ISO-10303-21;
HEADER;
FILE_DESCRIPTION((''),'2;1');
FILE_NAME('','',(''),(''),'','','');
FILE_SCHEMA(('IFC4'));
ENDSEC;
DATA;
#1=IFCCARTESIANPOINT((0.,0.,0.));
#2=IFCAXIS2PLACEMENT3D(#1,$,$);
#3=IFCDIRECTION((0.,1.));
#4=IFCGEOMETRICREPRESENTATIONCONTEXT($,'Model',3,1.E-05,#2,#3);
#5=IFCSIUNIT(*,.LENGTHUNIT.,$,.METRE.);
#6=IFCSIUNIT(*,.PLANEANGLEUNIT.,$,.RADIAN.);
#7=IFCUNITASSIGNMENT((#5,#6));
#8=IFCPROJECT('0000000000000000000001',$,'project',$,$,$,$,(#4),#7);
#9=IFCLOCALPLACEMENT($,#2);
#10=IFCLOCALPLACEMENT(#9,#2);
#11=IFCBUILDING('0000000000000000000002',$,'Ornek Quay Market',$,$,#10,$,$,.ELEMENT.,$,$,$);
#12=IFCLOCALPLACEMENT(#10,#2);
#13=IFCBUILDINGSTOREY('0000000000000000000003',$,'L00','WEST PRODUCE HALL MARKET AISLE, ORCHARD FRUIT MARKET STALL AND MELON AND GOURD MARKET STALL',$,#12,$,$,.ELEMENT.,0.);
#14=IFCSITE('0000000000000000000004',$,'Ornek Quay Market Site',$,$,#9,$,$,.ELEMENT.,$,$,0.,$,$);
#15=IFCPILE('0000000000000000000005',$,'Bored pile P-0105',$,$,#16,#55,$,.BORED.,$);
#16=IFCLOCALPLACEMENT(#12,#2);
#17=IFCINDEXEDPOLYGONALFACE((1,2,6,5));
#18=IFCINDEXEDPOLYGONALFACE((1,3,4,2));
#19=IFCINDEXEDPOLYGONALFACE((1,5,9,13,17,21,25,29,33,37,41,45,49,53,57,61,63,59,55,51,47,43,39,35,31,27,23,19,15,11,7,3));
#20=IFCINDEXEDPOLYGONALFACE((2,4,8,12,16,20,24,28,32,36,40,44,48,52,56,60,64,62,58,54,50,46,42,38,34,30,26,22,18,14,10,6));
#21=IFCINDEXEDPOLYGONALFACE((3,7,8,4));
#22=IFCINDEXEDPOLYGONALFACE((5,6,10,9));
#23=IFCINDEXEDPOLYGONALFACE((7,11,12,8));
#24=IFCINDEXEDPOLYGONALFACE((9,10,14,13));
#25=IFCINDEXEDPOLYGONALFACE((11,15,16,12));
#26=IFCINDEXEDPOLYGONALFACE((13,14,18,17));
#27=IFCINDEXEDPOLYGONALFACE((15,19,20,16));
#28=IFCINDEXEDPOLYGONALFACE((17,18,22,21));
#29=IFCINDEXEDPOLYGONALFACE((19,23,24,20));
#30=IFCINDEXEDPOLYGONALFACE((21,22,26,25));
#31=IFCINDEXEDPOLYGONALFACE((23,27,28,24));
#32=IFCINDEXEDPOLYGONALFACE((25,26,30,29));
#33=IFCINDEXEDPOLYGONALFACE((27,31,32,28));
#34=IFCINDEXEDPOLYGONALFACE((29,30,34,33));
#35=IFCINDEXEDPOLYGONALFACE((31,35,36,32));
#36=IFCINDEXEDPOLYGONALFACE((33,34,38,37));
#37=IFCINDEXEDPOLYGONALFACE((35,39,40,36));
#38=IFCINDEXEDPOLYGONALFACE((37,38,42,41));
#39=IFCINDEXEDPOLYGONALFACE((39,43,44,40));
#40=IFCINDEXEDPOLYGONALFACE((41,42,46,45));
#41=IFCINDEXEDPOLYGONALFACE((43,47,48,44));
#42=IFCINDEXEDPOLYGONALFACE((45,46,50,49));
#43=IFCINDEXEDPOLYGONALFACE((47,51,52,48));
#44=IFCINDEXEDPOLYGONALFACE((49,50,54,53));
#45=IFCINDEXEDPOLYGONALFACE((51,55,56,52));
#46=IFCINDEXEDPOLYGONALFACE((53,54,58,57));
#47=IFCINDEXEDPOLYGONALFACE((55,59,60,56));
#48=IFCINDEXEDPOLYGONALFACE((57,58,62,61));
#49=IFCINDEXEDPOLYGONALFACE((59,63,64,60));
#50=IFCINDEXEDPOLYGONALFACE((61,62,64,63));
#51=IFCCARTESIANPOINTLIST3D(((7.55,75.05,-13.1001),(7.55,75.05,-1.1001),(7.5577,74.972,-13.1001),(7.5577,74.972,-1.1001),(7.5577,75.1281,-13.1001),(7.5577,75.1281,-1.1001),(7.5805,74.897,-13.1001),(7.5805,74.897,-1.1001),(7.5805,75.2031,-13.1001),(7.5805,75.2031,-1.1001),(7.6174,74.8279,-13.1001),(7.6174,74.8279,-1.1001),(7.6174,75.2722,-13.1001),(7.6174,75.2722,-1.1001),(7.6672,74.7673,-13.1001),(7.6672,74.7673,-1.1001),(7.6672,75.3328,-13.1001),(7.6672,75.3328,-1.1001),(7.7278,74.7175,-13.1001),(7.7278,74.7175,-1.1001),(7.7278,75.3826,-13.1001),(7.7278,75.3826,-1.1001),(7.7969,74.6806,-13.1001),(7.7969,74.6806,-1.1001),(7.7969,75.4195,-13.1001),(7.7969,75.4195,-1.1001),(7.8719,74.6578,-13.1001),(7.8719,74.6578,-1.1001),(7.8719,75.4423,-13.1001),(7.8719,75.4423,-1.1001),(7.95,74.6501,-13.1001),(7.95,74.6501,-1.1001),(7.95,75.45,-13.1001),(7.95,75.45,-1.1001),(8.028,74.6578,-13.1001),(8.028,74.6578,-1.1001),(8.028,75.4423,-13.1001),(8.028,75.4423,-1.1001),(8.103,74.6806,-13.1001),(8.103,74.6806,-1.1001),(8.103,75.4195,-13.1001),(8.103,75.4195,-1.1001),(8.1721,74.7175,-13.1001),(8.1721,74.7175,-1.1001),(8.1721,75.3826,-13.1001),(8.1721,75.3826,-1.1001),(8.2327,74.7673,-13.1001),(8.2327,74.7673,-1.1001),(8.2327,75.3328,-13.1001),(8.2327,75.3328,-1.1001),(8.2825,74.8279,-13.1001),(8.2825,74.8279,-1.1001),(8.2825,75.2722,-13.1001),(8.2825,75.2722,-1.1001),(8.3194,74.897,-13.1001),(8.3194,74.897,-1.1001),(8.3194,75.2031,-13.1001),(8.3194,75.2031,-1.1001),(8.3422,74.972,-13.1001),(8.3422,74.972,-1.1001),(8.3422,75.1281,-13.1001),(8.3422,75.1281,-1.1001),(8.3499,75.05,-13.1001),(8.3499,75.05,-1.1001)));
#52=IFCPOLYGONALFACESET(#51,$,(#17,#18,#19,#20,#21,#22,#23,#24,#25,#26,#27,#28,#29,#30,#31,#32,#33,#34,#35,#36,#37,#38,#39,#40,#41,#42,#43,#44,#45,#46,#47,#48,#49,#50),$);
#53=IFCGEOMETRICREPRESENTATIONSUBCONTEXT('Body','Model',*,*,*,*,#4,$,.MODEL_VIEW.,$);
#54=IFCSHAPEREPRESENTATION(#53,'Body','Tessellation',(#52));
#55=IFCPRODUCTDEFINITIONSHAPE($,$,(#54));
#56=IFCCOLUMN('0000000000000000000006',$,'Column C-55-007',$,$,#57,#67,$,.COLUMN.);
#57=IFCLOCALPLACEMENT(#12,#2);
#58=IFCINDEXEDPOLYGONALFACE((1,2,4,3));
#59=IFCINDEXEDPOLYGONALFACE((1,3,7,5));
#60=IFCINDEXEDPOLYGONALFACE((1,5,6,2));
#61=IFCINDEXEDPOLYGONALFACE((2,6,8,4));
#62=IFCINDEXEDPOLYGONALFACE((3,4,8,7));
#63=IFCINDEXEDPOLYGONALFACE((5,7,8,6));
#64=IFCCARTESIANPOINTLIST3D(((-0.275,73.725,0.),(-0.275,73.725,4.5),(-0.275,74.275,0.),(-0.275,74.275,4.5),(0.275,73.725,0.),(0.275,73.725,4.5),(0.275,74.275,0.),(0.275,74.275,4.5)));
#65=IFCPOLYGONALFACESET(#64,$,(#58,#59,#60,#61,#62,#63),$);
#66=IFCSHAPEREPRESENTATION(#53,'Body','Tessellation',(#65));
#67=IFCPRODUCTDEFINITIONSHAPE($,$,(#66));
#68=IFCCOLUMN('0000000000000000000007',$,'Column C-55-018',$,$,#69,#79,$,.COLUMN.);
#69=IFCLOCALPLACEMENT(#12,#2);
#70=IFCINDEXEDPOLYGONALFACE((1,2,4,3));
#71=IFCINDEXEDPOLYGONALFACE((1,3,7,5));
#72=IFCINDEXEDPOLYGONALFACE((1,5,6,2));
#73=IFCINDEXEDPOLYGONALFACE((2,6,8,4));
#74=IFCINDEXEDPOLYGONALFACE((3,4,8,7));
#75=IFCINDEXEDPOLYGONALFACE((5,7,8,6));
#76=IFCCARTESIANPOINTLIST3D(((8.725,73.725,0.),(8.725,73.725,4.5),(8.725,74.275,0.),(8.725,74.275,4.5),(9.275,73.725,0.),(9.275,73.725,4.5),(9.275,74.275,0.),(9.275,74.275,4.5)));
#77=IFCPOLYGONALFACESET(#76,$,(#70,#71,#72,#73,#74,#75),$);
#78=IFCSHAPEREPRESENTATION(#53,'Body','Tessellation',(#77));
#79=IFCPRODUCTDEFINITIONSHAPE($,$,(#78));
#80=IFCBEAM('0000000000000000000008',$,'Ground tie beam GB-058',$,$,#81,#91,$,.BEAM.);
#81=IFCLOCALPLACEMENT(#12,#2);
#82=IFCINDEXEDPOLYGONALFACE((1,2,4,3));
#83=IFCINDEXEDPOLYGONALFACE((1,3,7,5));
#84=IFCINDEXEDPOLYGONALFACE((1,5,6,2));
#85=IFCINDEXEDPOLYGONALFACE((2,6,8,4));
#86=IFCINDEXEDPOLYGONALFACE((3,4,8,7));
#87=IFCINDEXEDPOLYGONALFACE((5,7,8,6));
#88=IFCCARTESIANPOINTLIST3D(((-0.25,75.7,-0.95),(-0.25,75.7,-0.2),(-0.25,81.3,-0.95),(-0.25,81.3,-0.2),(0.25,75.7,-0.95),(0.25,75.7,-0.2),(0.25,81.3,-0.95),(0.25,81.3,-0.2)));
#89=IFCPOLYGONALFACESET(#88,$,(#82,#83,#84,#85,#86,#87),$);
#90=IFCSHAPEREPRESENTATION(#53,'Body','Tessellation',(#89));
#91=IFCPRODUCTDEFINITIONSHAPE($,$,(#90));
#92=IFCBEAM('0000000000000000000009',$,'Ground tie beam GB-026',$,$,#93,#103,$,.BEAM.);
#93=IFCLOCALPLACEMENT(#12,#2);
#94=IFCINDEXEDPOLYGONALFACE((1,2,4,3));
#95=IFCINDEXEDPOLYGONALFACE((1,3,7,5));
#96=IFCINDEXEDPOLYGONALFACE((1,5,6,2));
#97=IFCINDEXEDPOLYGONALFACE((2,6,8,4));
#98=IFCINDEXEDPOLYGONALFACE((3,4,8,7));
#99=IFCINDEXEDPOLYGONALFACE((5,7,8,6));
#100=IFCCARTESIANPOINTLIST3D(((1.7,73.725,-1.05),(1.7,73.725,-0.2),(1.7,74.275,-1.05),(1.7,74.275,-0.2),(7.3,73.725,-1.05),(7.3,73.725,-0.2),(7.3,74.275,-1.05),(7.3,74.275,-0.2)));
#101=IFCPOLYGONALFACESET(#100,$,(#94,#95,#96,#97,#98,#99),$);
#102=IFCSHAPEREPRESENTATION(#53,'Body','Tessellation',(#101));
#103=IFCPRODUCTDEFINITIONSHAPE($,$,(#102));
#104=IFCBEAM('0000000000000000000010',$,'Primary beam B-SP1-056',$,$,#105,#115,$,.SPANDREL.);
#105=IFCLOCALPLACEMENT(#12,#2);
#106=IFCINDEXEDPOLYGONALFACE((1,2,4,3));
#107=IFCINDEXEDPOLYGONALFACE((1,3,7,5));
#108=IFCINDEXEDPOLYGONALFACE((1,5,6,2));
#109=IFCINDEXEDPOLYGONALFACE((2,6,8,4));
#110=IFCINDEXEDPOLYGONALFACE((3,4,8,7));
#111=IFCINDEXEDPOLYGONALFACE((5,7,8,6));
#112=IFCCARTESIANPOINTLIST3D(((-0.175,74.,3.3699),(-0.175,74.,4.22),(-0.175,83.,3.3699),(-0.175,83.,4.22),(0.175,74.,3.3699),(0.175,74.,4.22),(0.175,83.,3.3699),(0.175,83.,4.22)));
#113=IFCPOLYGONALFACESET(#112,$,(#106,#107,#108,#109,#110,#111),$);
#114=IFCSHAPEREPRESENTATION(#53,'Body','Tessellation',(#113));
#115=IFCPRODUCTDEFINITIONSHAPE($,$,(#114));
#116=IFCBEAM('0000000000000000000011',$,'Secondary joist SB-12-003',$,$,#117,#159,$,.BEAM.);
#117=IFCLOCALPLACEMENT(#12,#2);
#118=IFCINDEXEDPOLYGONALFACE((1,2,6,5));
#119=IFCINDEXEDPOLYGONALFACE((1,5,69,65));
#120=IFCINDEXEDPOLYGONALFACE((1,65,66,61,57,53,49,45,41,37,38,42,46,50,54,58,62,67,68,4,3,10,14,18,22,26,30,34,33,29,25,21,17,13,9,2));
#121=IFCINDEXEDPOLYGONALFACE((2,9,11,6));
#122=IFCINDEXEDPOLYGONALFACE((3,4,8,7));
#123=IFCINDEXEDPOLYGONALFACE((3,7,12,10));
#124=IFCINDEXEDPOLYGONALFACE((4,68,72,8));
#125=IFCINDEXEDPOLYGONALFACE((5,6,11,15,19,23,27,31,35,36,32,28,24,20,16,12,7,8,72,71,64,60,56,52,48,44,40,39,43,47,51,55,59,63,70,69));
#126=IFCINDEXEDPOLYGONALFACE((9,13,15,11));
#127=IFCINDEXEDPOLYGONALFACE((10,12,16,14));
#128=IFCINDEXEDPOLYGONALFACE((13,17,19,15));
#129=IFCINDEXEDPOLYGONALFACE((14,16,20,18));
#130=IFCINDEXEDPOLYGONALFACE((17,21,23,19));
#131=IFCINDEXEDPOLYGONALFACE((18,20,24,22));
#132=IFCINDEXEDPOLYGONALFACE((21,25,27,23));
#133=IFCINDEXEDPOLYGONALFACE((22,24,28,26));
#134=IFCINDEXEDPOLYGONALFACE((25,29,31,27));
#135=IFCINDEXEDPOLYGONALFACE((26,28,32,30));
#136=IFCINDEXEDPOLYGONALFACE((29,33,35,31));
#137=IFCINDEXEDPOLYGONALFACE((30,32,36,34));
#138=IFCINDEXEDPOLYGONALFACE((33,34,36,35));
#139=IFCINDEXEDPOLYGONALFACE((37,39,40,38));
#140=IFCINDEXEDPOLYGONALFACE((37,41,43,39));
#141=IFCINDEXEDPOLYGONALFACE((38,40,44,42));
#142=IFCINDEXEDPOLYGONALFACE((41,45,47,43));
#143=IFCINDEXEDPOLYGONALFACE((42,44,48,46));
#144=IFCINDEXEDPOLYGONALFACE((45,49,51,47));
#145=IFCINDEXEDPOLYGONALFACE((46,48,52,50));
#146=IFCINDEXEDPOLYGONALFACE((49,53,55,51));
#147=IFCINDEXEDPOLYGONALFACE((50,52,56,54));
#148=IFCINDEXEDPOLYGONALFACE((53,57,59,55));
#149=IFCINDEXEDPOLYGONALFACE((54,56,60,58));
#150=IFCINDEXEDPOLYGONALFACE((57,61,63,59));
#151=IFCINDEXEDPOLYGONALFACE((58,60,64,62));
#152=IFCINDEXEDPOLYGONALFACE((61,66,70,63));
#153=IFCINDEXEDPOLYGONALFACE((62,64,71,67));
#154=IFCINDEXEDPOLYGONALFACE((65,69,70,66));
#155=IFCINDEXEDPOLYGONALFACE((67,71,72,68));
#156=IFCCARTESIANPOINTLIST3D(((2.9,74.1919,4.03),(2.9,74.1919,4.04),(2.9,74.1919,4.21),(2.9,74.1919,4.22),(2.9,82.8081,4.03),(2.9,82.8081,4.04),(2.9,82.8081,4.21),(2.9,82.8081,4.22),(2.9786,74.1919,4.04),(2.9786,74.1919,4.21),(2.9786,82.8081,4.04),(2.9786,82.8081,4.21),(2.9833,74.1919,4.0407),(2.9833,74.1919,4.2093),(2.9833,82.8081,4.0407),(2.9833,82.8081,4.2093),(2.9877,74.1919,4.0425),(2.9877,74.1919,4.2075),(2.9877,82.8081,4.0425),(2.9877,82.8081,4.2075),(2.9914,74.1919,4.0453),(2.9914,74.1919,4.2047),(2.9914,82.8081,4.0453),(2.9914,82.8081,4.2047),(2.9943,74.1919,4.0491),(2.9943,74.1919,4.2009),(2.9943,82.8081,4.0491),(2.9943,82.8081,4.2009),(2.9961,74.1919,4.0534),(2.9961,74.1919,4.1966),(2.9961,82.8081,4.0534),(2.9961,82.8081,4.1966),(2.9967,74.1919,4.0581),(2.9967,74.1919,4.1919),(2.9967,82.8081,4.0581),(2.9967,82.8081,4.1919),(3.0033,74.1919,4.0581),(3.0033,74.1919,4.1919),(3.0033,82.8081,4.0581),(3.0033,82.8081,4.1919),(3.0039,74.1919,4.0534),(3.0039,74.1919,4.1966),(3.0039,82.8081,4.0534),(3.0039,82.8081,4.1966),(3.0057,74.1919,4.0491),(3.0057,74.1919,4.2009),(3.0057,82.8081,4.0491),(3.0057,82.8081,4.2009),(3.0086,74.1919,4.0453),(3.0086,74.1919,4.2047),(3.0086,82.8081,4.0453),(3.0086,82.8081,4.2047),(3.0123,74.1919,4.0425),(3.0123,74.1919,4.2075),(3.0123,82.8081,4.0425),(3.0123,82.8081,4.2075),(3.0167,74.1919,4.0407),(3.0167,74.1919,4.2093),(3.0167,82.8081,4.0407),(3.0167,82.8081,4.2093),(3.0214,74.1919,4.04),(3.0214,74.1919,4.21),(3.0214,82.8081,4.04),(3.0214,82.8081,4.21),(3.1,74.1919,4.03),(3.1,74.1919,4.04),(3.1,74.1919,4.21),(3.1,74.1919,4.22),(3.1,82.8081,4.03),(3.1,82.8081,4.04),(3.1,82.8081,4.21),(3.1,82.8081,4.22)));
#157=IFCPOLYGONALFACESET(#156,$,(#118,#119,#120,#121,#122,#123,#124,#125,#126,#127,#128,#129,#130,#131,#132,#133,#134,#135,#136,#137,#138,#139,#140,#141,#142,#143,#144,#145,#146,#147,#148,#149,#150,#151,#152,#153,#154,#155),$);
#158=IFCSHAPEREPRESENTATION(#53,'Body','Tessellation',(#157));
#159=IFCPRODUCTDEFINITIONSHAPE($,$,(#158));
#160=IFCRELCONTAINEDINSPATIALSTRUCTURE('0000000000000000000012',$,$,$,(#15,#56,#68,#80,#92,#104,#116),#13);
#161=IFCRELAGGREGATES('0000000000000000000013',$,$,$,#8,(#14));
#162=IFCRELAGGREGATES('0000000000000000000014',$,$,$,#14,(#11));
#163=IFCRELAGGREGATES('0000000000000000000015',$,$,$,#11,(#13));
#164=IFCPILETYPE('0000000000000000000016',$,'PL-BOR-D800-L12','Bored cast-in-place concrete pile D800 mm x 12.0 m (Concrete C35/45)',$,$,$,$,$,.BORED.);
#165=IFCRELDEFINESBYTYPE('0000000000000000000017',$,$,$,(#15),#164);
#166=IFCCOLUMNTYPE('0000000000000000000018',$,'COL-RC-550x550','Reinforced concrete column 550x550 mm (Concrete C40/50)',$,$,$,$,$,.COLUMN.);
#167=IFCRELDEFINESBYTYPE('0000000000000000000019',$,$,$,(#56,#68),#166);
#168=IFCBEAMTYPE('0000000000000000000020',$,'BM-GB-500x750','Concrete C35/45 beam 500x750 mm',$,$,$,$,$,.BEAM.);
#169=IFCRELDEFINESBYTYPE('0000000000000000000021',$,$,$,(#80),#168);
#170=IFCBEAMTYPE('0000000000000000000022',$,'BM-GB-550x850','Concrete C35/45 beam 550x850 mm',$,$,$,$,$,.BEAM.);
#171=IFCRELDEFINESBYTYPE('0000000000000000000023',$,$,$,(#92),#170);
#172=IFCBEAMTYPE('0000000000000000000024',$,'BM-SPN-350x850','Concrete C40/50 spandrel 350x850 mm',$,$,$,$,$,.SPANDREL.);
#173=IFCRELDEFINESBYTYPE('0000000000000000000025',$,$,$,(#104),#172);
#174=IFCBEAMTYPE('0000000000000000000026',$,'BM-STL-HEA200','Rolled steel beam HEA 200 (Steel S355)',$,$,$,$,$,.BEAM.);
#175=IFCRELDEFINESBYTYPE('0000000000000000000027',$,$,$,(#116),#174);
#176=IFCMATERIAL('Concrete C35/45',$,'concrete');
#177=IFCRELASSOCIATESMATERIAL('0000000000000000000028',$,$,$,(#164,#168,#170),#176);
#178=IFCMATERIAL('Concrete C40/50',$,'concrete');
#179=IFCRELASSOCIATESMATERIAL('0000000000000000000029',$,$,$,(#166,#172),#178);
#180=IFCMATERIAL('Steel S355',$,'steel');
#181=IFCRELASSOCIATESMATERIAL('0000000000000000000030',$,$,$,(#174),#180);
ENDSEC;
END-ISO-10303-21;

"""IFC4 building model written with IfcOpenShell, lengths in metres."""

from ifc_helpers import new_model, si_unit, direction, frame, origin, origin_2d, place, context, subcontext, project, spatial, rectangle, circle, i_section, extrude, material, material_profile, profile_set, type_object, element, save


model = new_model("IFC4")

# Units and contexts
model_context = context("Model", 3, precision=1e-05, world=origin(), true_north=direction((0.0, 1.0)))
body_context = subcontext(model_context, "Body", "Model", "MODEL_VIEW")
ifc_project = project(units=[si_unit("LENGTHUNIT", "METRE"), si_unit("PLANEANGLEUNIT", "RADIAN")], contexts=[model_context])

# Site, building, storey
site_placement = place(None, origin())
site = spatial("IfcSite", under=ifc_project, at=site_placement, Name="Ornek Quay Market Site", CompositionType="ELEMENT", RefElevation=0.0)
building_placement = place(site_placement, origin())
building = spatial("IfcBuilding", under=site, at=building_placement, Name="Ornek Quay Market", CompositionType="ELEMENT")
storey_placement = place(building_placement, origin())
storey = spatial("IfcBuildingStorey", under=building, at=storey_placement, Name="L00", Description="WEST PRODUCE HALL MARKET AISLE, ORCHARD FRUIT MARKET STALL AND MELON AND GOURD MARKET STALL", CompositionType="ELEMENT", Elevation=0.0)

# Pile
ifc_material_1 = material(Name="Concrete C35/45", Category="concrete")
ifc_material_profile_1 = material_profile(ifc_material_1, circle(Radius=0.3999, at=origin_2d()), Name="PILE D800", Category="concrete")
ifc_profile_set_1 = profile_set([ifc_material_profile_1], Name="Concrete C35/45")
pile_type = type_object("IfcPileType", Name="PL-BOR-D800-L12", Description="Bored cast-in-place concrete pile D800 mm x 12.0 m (Concrete C35/45)", PredefinedType="BORED", material=ifc_profile_set_1)
for number, where, z_axis, x_axis, name in (
    (1, (7.95, 75.05, -1.1001), (0.0, 0.0, -1.0), (1.0, 0.0, 0.0), "Bored pile P-0105"),
):
    element("IfcPile", number, at=place(storey_placement, frame(where, z_axis=z_axis, x_axis=x_axis)), inside=storey, type_object=pile_type, Name=name, PredefinedType="BORED", context=body_context, shape_type="SweptSolid", body=[
        extrude(circle(Radius=0.3999, at=origin_2d()), origin(), (0.0, 0.0, 1.0), 12.0),
    ])

# Columns
ifc_material_2 = material(Name="Concrete C40/50", Category="concrete")
ifc_material_profile_2 = material_profile(ifc_material_2, rectangle(XDim=0.55, YDim=0.55, at=origin_2d()), Name="RC 550x550", Category="concrete")
ifc_profile_set_2 = profile_set([ifc_material_profile_2], Name="Concrete C40/50")
column_type = type_object("IfcColumnType", Name="COL-RC-550x550", Description="Reinforced concrete column 550x550 mm (Concrete C40/50)", PredefinedType="COLUMN", material=ifc_profile_set_2)
for number, where, z_axis, x_axis, name in (
    (2, (0.0, 74.0, 0.0), (0.0, 0.0, 1.0), (1.0, 0.0, 0.0), "Column C-55-007"),
    (3, (9.0, 74.0, 0.0), (0.0, 0.0, 1.0), (1.0, 0.0, 0.0), "Column C-55-018"),
):
    element("IfcColumn", number, at=place(storey_placement, frame(where, z_axis=z_axis, x_axis=x_axis)), inside=storey, type_object=column_type, Name=name, PredefinedType="COLUMN", context=body_context, shape_type="SweptSolid", body=[
        extrude(rectangle(XDim=0.55, YDim=0.55, at=origin_2d()), origin(), (0.0, 0.0, 1.0), 4.5),
    ])

# Beams
ifc_material_profile_3 = material_profile(ifc_material_1, rectangle(XDim=0.5, YDim=0.75, at=origin_2d()), Name="RC 500x750", Category="concrete")
ifc_profile_set_3 = profile_set([ifc_material_profile_3], Name="Concrete C35/45")
beam_type_1 = type_object("IfcBeamType", Name="BM-GB-500x750", Description="Concrete C35/45 beam 500x750 mm", PredefinedType="BEAM", material=ifc_profile_set_3)
beam_1_placement = place(storey_placement, frame((0.0, 75.7, -0.575), z_axis=(0.0, 1.0, 0.0), x_axis=(-1.0, 0.0, 0.0)))
element("IfcBeam", 4, at=beam_1_placement, inside=storey, type_object=beam_type_1, Name="Ground tie beam GB-058", PredefinedType="BEAM", context=body_context, shape_type="SweptSolid", body=[
    extrude(rectangle(XDim=0.5, YDim=0.75, at=origin_2d()), origin(), (0.0, 0.0, 1.0), 5.6001),
])
ifc_material_profile_4 = material_profile(ifc_material_1, rectangle(XDim=0.55, YDim=0.8501, at=origin_2d()), Name="RC 550x850", Category="concrete")
ifc_profile_set_4 = profile_set([ifc_material_profile_4], Name="Concrete C35/45")
beam_type_2 = type_object("IfcBeamType", Name="BM-GB-550x850", Description="Concrete C35/45 beam 550x850 mm", PredefinedType="BEAM", material=ifc_profile_set_4)
beam_2_placement = place(storey_placement, frame((1.7, 74.0, -0.625), z_axis=(1.0, 0.0, 0.0), x_axis=(0.0, 1.0, 0.0)))
element("IfcBeam", 5, at=beam_2_placement, inside=storey, type_object=beam_type_2, Name="Ground tie beam GB-026", PredefinedType="BEAM", context=body_context, shape_type="SweptSolid", body=[
    extrude(rectangle(XDim=0.55, YDim=0.8501, at=origin_2d()), origin(), (0.0, 0.0, 1.0), 5.6001),
])
ifc_material_profile_5 = material_profile(ifc_material_2, rectangle(XDim=0.3501, YDim=0.8501, at=origin_2d()), Name="RC 350x850", Category="concrete")
ifc_profile_set_5 = profile_set([ifc_material_profile_5], Name="Concrete C40/50")
beam_type_3 = type_object("IfcBeamType", Name="BM-SPN-350x850", Description="Concrete C40/50 spandrel 350x850 mm", PredefinedType="SPANDREL", material=ifc_profile_set_5)
beam_3_placement = place(storey_placement, frame((0.0, 74.0, 3.7949), z_axis=(0.0, 1.0, 0.0), x_axis=(-1.0, 0.0, 0.0)))
element("IfcBeam", 6, at=beam_3_placement, inside=storey, type_object=beam_type_3, Name="Primary beam B-SP1-056", PredefinedType="SPANDREL", context=body_context, shape_type="SweptSolid", body=[
    extrude(rectangle(XDim=0.3501, YDim=0.8501, at=origin_2d()), origin(), (0.0, 0.0, 1.0), 9.0),
])
ifc_material_3 = material(Name="Steel S355", Category="steel")
ifc_material_profile_6 = material_profile(ifc_material_3, i_section(OverallWidth=0.2, OverallDepth=0.1899, WebThickness=0.0066, FlangeThickness=0.01, FilletRadius=0.0181, at=origin_2d()), Name="HEA 200", Category="steel")
ifc_profile_set_6 = profile_set([ifc_material_profile_6], Name="Steel S355")
beam_type_4 = type_object("IfcBeamType", Name="BM-STL-HEA200", Description="Rolled steel beam HEA 200 (Steel S355)", PredefinedType="BEAM", material=ifc_profile_set_6)
for number, where, z_axis, x_axis, name in (
    (7, (3.0, 74.1919, 4.125), (0.0, 1.0, 0.0), (-1.0, 0.0, 0.0), "Secondary joist SB-12-003"),
):
    element("IfcBeam", number, at=place(storey_placement, frame(where, z_axis=z_axis, x_axis=x_axis)), inside=storey, type_object=beam_type_4, Name=name, PredefinedType="BEAM", context=body_context, shape_type="SweptSolid", body=[
        extrude(i_section(OverallWidth=0.2, OverallDepth=0.1899, WebThickness=0.0066, FlangeThickness=0.01, FilletRadius=0.0181, at=origin_2d()), origin(), (0.0, 0.0, 1.0), 8.6162),
    ])

save(model, "model.ifc")
